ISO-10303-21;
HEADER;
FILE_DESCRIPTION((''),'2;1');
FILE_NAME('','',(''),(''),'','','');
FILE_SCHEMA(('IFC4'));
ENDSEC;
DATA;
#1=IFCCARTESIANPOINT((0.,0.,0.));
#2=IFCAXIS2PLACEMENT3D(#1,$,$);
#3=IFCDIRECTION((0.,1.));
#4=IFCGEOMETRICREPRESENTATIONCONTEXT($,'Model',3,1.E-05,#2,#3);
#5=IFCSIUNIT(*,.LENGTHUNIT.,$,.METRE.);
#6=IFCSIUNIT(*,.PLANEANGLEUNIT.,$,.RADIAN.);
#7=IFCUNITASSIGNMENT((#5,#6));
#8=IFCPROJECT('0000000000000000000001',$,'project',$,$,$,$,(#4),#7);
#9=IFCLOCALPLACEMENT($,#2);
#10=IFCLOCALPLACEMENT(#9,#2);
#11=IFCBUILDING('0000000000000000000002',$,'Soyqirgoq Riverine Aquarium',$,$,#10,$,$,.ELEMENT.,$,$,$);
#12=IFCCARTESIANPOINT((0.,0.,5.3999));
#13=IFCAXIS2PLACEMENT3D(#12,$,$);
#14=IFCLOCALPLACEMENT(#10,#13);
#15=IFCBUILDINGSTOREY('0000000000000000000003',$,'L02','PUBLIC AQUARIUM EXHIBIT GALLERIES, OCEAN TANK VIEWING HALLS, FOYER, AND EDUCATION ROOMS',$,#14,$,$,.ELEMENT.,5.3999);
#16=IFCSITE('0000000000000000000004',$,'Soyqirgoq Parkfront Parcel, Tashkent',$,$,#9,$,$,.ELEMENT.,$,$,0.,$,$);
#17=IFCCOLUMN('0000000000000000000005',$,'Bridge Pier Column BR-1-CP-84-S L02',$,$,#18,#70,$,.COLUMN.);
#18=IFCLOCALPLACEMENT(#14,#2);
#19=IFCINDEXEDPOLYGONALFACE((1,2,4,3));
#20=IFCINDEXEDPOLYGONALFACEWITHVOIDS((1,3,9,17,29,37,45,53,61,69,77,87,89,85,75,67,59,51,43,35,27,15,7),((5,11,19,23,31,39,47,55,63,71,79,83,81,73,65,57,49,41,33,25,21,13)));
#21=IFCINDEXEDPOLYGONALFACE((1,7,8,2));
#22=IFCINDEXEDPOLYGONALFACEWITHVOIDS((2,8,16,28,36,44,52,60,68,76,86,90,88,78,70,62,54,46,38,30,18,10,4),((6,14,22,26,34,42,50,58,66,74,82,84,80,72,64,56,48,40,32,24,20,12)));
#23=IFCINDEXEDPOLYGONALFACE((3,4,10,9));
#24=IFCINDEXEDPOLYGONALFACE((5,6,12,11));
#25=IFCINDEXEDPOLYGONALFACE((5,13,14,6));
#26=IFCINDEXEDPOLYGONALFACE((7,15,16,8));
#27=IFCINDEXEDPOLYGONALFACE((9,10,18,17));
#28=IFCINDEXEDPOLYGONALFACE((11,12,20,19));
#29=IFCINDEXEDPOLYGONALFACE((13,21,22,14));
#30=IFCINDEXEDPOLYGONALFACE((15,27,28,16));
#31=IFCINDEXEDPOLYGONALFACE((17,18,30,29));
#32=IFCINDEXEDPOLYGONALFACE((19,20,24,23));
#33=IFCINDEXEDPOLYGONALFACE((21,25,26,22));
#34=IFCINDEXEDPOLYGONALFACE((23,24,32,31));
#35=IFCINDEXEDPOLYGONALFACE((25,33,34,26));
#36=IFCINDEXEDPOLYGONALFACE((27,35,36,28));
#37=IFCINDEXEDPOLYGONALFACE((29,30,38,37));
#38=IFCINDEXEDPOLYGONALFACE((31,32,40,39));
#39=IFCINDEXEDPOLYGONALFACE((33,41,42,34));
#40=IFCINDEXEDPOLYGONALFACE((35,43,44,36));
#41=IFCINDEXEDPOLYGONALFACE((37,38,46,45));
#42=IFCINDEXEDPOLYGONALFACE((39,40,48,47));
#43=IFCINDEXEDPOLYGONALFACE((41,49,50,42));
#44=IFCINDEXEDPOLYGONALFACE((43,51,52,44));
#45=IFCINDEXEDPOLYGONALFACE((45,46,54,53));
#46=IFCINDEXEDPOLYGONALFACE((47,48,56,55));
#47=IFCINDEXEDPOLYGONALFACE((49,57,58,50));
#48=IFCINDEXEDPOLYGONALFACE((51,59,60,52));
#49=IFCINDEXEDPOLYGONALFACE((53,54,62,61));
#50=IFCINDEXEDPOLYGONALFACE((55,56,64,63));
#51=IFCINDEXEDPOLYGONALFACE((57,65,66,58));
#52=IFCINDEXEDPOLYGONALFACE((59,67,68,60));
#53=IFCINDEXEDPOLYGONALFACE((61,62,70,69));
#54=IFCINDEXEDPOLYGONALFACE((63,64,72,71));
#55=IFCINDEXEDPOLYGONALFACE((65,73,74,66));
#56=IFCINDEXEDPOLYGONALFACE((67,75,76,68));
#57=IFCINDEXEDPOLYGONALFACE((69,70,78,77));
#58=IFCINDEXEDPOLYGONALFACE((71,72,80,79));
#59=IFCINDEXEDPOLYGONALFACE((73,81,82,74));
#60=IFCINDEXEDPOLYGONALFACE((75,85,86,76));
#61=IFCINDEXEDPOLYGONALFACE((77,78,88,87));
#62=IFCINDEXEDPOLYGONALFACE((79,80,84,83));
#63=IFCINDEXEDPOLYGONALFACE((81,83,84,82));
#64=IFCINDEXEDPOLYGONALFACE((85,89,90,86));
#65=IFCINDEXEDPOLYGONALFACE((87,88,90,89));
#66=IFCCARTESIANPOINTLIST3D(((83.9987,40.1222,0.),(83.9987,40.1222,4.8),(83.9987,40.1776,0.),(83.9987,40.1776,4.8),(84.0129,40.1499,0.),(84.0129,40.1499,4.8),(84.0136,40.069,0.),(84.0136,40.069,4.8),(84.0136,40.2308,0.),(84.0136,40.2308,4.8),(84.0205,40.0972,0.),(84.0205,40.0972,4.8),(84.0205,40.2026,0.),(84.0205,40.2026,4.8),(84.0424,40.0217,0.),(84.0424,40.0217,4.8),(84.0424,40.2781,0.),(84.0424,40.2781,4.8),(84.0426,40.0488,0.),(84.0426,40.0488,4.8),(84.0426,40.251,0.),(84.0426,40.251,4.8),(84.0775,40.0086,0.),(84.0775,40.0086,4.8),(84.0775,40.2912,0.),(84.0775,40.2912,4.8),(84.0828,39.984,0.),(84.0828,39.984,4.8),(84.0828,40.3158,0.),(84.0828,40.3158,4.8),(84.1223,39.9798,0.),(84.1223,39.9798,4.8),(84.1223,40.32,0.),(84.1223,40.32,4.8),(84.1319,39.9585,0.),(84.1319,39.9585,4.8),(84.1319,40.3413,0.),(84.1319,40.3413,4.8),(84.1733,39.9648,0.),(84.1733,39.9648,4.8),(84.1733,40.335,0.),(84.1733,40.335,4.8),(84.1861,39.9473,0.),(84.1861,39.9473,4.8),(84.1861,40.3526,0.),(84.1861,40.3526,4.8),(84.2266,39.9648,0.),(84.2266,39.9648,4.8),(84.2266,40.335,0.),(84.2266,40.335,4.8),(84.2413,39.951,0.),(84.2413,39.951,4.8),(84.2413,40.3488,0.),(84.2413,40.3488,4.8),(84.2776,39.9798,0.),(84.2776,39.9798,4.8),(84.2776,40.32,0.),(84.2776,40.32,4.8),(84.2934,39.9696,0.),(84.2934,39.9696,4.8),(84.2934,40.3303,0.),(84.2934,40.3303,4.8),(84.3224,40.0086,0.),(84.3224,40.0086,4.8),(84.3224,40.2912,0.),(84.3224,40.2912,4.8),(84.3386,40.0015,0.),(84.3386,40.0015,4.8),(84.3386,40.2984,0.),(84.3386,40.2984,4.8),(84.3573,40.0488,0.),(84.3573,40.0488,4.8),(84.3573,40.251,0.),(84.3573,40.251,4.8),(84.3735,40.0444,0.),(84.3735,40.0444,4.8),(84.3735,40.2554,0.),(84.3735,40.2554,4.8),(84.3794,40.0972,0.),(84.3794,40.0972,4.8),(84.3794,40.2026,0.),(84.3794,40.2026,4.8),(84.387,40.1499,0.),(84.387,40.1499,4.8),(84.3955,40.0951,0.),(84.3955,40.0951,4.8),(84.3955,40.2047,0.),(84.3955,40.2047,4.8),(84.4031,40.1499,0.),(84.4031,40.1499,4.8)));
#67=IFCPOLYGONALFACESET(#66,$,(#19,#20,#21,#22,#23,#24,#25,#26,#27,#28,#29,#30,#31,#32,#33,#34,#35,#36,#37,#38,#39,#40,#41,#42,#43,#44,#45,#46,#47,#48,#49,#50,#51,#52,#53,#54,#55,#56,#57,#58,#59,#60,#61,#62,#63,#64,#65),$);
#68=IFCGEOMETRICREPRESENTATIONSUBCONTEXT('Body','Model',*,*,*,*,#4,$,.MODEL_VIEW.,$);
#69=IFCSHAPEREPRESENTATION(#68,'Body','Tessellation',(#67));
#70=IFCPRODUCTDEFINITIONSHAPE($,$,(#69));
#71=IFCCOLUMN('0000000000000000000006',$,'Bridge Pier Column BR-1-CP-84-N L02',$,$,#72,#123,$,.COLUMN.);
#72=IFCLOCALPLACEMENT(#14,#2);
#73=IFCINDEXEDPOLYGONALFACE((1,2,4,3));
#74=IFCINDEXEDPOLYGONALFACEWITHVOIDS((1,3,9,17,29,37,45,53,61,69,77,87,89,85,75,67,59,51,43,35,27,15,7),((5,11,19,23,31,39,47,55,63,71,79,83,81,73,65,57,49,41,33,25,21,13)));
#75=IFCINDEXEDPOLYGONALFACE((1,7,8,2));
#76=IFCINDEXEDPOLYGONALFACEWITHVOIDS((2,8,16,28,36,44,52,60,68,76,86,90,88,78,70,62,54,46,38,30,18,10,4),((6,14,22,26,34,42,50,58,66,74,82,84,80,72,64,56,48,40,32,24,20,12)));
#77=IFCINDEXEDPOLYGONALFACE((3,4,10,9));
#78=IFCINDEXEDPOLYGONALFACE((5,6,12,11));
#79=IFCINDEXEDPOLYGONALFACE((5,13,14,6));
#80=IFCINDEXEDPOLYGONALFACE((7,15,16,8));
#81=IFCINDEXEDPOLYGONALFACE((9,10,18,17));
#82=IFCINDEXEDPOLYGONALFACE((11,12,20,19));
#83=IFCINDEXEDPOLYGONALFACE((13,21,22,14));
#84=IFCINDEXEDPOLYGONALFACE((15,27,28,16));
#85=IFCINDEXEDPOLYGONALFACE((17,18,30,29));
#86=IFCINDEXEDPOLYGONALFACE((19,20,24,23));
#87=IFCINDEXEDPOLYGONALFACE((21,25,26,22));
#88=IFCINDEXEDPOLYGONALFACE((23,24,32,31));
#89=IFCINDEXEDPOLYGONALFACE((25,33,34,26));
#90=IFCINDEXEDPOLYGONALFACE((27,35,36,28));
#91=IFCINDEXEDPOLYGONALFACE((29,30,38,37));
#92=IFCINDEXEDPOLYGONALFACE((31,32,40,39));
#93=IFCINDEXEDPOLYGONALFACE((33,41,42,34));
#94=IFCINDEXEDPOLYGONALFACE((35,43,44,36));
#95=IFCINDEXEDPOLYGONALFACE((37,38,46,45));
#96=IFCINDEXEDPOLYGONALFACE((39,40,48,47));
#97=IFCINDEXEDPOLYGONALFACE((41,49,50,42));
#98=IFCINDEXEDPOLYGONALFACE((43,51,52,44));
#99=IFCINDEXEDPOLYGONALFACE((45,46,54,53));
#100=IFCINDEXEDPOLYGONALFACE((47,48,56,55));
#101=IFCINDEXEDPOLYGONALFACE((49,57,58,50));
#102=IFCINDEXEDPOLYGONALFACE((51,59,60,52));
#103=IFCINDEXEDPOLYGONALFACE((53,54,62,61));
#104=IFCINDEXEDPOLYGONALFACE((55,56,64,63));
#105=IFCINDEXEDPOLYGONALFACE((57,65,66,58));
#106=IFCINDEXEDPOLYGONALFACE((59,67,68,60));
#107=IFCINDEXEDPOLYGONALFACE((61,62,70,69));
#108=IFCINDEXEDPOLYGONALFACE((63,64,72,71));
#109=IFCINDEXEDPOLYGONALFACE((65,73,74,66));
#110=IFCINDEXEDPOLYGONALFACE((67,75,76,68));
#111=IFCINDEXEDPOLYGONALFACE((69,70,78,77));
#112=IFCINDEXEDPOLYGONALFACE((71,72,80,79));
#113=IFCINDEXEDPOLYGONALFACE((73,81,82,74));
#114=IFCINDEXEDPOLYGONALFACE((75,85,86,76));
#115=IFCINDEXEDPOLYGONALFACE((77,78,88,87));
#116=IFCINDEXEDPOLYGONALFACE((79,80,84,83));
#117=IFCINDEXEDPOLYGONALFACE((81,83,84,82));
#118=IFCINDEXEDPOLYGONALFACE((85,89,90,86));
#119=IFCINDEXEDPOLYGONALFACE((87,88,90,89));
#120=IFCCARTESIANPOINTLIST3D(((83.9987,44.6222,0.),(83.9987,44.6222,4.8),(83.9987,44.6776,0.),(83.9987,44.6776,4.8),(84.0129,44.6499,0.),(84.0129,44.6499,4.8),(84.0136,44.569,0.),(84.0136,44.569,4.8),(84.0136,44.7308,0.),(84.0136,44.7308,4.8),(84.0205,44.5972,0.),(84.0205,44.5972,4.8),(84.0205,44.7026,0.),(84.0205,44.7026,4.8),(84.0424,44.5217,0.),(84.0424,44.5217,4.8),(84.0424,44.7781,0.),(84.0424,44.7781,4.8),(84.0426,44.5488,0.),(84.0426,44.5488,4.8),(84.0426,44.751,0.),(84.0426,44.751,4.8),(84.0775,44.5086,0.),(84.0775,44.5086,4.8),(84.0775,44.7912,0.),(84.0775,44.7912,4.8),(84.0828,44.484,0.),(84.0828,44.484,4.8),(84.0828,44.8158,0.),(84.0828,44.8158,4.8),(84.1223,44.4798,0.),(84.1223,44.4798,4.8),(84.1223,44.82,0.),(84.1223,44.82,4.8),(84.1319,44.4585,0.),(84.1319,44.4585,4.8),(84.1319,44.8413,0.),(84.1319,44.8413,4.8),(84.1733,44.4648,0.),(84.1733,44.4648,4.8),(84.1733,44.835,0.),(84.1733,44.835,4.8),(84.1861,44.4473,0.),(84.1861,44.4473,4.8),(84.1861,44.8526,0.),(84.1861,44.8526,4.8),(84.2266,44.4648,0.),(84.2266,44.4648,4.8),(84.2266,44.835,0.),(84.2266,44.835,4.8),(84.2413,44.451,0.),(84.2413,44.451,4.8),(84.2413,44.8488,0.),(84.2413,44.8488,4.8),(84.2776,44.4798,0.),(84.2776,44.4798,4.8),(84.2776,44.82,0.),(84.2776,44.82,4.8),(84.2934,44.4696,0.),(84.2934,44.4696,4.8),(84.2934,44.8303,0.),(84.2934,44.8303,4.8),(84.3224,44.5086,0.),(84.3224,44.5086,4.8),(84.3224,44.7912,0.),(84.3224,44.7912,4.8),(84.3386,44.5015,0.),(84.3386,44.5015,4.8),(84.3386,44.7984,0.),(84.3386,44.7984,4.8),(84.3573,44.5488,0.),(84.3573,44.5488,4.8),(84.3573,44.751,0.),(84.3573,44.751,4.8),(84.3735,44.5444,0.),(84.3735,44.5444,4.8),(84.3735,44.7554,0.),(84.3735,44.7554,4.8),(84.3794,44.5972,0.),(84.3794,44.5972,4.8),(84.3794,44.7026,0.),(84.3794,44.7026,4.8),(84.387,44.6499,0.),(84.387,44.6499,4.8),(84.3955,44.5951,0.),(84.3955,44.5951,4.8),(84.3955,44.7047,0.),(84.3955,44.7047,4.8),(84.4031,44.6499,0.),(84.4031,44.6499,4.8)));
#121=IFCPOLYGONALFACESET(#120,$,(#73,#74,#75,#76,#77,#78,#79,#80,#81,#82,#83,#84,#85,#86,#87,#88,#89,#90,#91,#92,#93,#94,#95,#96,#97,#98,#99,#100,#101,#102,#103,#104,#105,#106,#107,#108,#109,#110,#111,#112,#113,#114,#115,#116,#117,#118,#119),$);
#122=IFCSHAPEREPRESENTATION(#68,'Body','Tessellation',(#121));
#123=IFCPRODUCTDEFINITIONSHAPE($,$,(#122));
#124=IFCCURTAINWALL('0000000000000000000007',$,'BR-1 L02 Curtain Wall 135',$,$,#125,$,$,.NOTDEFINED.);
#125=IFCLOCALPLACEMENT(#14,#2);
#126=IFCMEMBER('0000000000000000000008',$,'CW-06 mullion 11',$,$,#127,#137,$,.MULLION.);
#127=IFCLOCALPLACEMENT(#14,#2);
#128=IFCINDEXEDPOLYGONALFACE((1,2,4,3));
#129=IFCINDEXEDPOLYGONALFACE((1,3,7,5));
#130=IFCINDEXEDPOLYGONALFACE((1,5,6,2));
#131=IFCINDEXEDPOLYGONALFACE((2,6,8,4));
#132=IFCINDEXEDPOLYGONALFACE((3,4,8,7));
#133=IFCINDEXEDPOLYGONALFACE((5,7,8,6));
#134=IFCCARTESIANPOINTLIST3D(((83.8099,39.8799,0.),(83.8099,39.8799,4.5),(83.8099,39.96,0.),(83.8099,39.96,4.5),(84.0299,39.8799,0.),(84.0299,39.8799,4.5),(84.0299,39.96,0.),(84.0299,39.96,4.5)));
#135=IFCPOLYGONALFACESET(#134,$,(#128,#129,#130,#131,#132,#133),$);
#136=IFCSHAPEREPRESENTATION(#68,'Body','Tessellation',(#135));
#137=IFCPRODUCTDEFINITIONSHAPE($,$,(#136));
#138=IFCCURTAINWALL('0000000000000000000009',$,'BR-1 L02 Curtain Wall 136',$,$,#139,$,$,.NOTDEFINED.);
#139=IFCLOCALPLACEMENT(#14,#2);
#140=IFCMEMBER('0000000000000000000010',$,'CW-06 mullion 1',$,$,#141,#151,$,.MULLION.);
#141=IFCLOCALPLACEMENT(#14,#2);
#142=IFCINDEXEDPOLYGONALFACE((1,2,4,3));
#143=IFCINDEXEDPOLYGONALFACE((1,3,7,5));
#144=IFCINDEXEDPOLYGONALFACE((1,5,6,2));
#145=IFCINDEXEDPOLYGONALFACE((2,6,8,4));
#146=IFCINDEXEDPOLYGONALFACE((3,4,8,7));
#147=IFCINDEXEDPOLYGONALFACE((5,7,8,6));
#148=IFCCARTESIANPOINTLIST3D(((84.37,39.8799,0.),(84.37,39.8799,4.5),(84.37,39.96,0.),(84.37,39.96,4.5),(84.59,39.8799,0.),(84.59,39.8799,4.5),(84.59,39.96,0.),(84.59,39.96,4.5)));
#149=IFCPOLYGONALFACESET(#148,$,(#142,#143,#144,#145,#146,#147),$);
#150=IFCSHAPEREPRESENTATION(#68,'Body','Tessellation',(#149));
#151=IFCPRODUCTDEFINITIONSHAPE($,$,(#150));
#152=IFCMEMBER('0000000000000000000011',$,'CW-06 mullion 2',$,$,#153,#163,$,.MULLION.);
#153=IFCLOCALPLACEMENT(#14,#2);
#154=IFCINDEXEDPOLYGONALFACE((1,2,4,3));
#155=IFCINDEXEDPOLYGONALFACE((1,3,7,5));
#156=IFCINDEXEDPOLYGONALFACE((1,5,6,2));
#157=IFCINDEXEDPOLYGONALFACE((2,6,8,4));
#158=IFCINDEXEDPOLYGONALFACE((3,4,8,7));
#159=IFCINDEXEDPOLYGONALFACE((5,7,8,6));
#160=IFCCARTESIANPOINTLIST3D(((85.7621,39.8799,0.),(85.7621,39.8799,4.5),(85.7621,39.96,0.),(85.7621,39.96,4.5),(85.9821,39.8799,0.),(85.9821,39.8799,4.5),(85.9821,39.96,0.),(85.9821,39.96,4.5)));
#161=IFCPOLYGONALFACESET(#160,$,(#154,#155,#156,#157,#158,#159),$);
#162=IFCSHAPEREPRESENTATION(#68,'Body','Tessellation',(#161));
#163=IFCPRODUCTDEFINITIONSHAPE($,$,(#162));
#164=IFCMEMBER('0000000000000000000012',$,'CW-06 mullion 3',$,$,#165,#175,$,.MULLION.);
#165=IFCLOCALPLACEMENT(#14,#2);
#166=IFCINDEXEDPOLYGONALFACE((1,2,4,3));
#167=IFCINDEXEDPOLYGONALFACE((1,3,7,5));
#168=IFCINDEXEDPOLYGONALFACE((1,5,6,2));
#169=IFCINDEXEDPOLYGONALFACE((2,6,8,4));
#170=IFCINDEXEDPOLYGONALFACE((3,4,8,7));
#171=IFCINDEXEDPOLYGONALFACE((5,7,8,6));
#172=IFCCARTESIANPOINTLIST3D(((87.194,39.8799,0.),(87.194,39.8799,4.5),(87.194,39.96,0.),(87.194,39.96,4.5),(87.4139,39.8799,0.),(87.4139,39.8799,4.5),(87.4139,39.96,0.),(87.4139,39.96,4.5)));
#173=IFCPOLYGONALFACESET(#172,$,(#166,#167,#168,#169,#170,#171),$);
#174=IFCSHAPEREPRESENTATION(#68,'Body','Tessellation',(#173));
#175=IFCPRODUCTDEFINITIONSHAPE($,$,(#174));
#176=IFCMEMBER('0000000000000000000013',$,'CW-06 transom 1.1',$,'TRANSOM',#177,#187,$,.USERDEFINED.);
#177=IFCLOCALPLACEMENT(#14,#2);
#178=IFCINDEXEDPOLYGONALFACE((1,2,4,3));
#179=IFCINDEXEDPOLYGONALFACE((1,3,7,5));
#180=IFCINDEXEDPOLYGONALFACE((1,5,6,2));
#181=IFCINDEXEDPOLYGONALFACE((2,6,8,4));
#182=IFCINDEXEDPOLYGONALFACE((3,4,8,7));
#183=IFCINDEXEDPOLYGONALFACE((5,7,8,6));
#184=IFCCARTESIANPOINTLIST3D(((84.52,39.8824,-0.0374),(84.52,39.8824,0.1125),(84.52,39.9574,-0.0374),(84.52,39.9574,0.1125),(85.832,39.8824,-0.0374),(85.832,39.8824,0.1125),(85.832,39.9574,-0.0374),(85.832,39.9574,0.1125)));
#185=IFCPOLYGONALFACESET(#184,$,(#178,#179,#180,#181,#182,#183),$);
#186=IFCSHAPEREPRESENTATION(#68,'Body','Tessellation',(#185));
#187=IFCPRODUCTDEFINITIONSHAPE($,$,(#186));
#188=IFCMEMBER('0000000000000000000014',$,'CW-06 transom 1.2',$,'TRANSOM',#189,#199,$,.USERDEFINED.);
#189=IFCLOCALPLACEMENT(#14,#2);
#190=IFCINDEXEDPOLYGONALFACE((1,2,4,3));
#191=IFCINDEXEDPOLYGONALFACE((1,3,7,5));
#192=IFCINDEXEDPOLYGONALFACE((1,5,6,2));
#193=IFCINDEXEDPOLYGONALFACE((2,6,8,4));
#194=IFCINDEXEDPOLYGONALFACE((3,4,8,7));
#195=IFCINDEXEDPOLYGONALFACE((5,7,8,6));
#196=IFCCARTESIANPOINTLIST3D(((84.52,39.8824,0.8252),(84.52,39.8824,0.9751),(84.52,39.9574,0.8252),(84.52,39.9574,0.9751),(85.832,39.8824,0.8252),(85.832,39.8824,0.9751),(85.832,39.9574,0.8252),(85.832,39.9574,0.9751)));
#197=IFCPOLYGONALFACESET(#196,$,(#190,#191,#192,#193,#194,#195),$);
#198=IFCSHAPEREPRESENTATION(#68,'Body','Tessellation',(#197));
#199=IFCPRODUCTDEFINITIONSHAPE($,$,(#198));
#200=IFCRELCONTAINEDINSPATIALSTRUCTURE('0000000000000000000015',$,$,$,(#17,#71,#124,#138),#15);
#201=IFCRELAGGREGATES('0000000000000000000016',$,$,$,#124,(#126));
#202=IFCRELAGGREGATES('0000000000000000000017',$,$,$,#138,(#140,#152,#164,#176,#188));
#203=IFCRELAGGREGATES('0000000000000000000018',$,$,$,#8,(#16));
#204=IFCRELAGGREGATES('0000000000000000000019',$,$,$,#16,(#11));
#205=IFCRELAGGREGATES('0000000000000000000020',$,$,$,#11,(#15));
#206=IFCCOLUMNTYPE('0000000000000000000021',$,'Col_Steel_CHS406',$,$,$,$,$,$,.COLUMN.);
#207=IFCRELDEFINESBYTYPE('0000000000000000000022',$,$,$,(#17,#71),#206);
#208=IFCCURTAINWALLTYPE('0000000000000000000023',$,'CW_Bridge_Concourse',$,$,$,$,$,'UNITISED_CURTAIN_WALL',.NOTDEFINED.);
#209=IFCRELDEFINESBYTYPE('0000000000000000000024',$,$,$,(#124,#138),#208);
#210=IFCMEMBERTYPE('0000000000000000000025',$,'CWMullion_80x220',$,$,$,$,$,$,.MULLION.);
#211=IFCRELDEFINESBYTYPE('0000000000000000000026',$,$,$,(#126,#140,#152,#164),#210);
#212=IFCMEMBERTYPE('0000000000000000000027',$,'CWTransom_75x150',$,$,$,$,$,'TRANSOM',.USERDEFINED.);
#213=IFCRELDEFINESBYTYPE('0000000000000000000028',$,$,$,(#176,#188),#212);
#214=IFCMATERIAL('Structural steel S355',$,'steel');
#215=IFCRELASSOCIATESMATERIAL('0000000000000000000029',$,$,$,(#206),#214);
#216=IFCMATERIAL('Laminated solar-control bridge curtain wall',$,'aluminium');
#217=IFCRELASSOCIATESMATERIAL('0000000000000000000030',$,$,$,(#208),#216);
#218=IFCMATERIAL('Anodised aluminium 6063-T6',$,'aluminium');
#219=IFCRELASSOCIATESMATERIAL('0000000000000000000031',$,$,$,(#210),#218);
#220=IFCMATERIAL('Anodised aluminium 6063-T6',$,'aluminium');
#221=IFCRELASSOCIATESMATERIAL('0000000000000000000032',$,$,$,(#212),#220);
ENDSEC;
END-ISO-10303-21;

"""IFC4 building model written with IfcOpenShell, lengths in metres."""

from ifc_helpers import new_model, si_unit, direction, frame, origin, origin_2d, place, context, subcontext, project, spatial, rectangle, hollow_circle, extrude, material, material_profile, profile_set, type_object, element, aggregate, save


model = new_model("IFC4")

# Units and contexts
model_context = context("Model", 3, precision=1e-05, world=origin(), true_north=direction((0.0, 1.0)))
body_context = subcontext(model_context, "Body", "Model", "MODEL_VIEW")
ifc_project = project(units=[si_unit("LENGTHUNIT", "METRE"), si_unit("PLANEANGLEUNIT", "RADIAN")], contexts=[model_context])

# Site, building, storey
site_placement = place(None, origin())
site = spatial("IfcSite", under=ifc_project, at=site_placement, Name="Soyqirgoq Parkfront Parcel, Tashkent", CompositionType="ELEMENT", RefElevation=0.0)
building_placement = place(site_placement, origin())
building = spatial("IfcBuilding", under=site, at=building_placement, Name="Soyqirgoq Riverine Aquarium", CompositionType="ELEMENT")
storey_placement = place(building_placement, frame((0.0, 0.0, 5.3999)))
storey = spatial("IfcBuildingStorey", under=building, at=storey_placement, Name="L02", Description="PUBLIC AQUARIUM EXHIBIT GALLERIES, OCEAN TANK VIEWING HALLS, FOYER, AND EDUCATION ROOMS", CompositionType="ELEMENT", Elevation=5.3999)

# Columns
ifc_material_1 = material(Name="Structural steel S355", Category="steel")
ifc_material_profile_1 = material_profile(ifc_material_1, hollow_circle(Radius=0.2031, WallThickness=0.0161, at=origin_2d()), Name="CHS 406.4x16")
ifc_profile_set_1 = profile_set([ifc_material_profile_1], Name="Structural steel S355")
column_type = type_object("IfcColumnType", Name="Col_Steel_CHS406", PredefinedType="COLUMN", material=ifc_profile_set_1)
for number, where, z_axis, x_axis, name in (
    (1, (84.2, 40.1499, 0.0), (0.0, 0.0, 1.0), (1.0, 0.0, 0.0), "Bridge Pier Column BR-1-CP-84-S L02"),
    (2, (84.2, 44.6499, 0.0), (0.0, 0.0, 1.0), (1.0, 0.0, 0.0), "Bridge Pier Column BR-1-CP-84-N L02"),
):
    element("IfcColumn", number, at=place(storey_placement, frame(where, z_axis=z_axis, x_axis=x_axis)), inside=storey, type_object=column_type, Name=name, PredefinedType="COLUMN", context=body_context, shape_type="SweptSolid", body=[
        extrude(hollow_circle(Radius=0.2031, WallThickness=0.0161, at=origin_2d()), origin(), (0.0, 0.0, 1.0), 4.8),
    ])

# Curtain wall, member
ifc_material_2 = material(Name="Laminated solar-control bridge curtain wall", Category="aluminium")
curtain_wall_type = type_object("IfcCurtainWallType", Name="CW_Bridge_Concourse", ElementType="UNITISED_CURTAIN_WALL", PredefinedType="NOTDEFINED", material=ifc_material_2)
curtain_wall_1_placement = place(storey_placement, origin())
curtain_wall_1 = element("IfcCurtainWall", 3, at=curtain_wall_1_placement, inside=storey, type_object=curtain_wall_type, Name="BR-1 L02 Curtain Wall 135", PredefinedType="NOTDEFINED")
ifc_material_3 = material(Name="Anodised aluminium 6063-T6", Category="aluminium")
ifc_material_profile_2 = material_profile(ifc_material_3, rectangle(XDim=0.0801, YDim=0.22, at=origin_2d()), Name="ALU-M 80x220")
ifc_profile_set_2 = profile_set([ifc_material_profile_2], Name="Anodised aluminium 6063-T6")
member_type_1 = type_object("IfcMemberType", Name="CWMullion_80x220", PredefinedType="MULLION", material=ifc_profile_set_2)
member_1_placement = place(storey_placement, frame((83.9199, 39.9199, 0.0), z_axis=(0.0, 0.0, 1.0), x_axis=(0.0, 1.0, 0.0)))
member_1 = element("IfcMember", 4, at=member_1_placement, type_object=member_type_1, Name="CW-06 mullion 11", PredefinedType="MULLION", context=body_context, shape_type="SweptSolid", body=[
    extrude(rectangle(XDim=0.0801, YDim=0.22, at=origin_2d()), origin(), (0.0, 0.0, 1.0), 4.5),
])
aggregate(curtain_wall_1, [member_1])

# Curtain wall, members
curtain_wall_2_placement = place(storey_placement, origin())
curtain_wall_2 = element("IfcCurtainWall", 5, at=curtain_wall_2_placement, inside=storey, type_object=curtain_wall_type, Name="BR-1 L02 Curtain Wall 136", PredefinedType="NOTDEFINED")
member_2_placement = place(storey_placement, frame((84.48, 39.9199, 0.0), z_axis=(0.0, 0.0, 1.0), x_axis=(0.0, 1.0, 0.0)))
member_2 = element("IfcMember", 6, at=member_2_placement, type_object=member_type_1, Name="CW-06 mullion 1", PredefinedType="MULLION", context=body_context, shape_type="SweptSolid", body=[
    extrude(rectangle(XDim=0.0801, YDim=0.22, at=origin_2d()), origin(), (0.0, 0.0, 1.0), 4.5),
])
member_3_placement = place(storey_placement, frame((85.8721, 39.9199, 0.0), z_axis=(0.0, 0.0, 1.0), x_axis=(0.0, 1.0, 0.0)))
member_3 = element("IfcMember", 7, at=member_3_placement, type_object=member_type_1, Name="CW-06 mullion 2", PredefinedType="MULLION", context=body_context, shape_type="SweptSolid", body=[
    extrude(rectangle(XDim=0.0801, YDim=0.22, at=origin_2d()), origin(), (0.0, 0.0, 1.0), 4.5),
])
member_4_placement = place(storey_placement, frame((87.304, 39.9199, 0.0), z_axis=(0.0, 0.0, 1.0), x_axis=(0.0, 1.0, 0.0)))
member_4 = element("IfcMember", 8, at=member_4_placement, type_object=member_type_1, Name="CW-06 mullion 3", PredefinedType="MULLION", context=body_context, shape_type="SweptSolid", body=[
    extrude(rectangle(XDim=0.0801, YDim=0.22, at=origin_2d()), origin(), (0.0, 0.0, 1.0), 4.5),
])
ifc_material_4 = material(Name="Anodised aluminium 6063-T6", Category="aluminium")
ifc_material_profile_3 = material_profile(ifc_material_4, rectangle(XDim=0.075, YDim=0.1499, at=origin_2d()), Name="ALU-T 75x150")
ifc_profile_set_3 = profile_set([ifc_material_profile_3], Name="Anodised aluminium 6063-T6")
member_type_2 = type_object("IfcMemberType", Name="CWTransom_75x150", ElementType="TRANSOM", PredefinedType="USERDEFINED", material=ifc_profile_set_3)
member_5_placement = place(storey_placement, frame((84.52, 39.9199, 0.0376), z_axis=(1.0, 0.0, 0.0), x_axis=(0.0, 1.0, 0.0)))
member_5 = element("IfcMember", 9, at=member_5_placement, type_object=member_type_2, Name="CW-06 transom 1.1", ObjectType="TRANSOM", PredefinedType="USERDEFINED", context=body_context, shape_type="SweptSolid", body=[
    extrude(rectangle(XDim=0.075, YDim=0.1499, at=origin_2d()), origin(), (0.0, 0.0, 1.0), 1.312),
])
member_6_placement = place(storey_placement, frame((84.52, 39.9199, 0.9001), z_axis=(1.0, 0.0, 0.0), x_axis=(0.0, 1.0, 0.0)))
member_6 = element("IfcMember", 10, at=member_6_placement, type_object=member_type_2, Name="CW-06 transom 1.2", ObjectType="TRANSOM", PredefinedType="USERDEFINED", context=body_context, shape_type="SweptSolid", body=[
    extrude(rectangle(XDim=0.075, YDim=0.1499, at=origin_2d()), origin(), (0.0, 0.0, 1.0), 1.312),
])

aggregate(curtain_wall_2, [member_2, member_3, member_4, member_5, member_6])

save(model, "model.ifc")
